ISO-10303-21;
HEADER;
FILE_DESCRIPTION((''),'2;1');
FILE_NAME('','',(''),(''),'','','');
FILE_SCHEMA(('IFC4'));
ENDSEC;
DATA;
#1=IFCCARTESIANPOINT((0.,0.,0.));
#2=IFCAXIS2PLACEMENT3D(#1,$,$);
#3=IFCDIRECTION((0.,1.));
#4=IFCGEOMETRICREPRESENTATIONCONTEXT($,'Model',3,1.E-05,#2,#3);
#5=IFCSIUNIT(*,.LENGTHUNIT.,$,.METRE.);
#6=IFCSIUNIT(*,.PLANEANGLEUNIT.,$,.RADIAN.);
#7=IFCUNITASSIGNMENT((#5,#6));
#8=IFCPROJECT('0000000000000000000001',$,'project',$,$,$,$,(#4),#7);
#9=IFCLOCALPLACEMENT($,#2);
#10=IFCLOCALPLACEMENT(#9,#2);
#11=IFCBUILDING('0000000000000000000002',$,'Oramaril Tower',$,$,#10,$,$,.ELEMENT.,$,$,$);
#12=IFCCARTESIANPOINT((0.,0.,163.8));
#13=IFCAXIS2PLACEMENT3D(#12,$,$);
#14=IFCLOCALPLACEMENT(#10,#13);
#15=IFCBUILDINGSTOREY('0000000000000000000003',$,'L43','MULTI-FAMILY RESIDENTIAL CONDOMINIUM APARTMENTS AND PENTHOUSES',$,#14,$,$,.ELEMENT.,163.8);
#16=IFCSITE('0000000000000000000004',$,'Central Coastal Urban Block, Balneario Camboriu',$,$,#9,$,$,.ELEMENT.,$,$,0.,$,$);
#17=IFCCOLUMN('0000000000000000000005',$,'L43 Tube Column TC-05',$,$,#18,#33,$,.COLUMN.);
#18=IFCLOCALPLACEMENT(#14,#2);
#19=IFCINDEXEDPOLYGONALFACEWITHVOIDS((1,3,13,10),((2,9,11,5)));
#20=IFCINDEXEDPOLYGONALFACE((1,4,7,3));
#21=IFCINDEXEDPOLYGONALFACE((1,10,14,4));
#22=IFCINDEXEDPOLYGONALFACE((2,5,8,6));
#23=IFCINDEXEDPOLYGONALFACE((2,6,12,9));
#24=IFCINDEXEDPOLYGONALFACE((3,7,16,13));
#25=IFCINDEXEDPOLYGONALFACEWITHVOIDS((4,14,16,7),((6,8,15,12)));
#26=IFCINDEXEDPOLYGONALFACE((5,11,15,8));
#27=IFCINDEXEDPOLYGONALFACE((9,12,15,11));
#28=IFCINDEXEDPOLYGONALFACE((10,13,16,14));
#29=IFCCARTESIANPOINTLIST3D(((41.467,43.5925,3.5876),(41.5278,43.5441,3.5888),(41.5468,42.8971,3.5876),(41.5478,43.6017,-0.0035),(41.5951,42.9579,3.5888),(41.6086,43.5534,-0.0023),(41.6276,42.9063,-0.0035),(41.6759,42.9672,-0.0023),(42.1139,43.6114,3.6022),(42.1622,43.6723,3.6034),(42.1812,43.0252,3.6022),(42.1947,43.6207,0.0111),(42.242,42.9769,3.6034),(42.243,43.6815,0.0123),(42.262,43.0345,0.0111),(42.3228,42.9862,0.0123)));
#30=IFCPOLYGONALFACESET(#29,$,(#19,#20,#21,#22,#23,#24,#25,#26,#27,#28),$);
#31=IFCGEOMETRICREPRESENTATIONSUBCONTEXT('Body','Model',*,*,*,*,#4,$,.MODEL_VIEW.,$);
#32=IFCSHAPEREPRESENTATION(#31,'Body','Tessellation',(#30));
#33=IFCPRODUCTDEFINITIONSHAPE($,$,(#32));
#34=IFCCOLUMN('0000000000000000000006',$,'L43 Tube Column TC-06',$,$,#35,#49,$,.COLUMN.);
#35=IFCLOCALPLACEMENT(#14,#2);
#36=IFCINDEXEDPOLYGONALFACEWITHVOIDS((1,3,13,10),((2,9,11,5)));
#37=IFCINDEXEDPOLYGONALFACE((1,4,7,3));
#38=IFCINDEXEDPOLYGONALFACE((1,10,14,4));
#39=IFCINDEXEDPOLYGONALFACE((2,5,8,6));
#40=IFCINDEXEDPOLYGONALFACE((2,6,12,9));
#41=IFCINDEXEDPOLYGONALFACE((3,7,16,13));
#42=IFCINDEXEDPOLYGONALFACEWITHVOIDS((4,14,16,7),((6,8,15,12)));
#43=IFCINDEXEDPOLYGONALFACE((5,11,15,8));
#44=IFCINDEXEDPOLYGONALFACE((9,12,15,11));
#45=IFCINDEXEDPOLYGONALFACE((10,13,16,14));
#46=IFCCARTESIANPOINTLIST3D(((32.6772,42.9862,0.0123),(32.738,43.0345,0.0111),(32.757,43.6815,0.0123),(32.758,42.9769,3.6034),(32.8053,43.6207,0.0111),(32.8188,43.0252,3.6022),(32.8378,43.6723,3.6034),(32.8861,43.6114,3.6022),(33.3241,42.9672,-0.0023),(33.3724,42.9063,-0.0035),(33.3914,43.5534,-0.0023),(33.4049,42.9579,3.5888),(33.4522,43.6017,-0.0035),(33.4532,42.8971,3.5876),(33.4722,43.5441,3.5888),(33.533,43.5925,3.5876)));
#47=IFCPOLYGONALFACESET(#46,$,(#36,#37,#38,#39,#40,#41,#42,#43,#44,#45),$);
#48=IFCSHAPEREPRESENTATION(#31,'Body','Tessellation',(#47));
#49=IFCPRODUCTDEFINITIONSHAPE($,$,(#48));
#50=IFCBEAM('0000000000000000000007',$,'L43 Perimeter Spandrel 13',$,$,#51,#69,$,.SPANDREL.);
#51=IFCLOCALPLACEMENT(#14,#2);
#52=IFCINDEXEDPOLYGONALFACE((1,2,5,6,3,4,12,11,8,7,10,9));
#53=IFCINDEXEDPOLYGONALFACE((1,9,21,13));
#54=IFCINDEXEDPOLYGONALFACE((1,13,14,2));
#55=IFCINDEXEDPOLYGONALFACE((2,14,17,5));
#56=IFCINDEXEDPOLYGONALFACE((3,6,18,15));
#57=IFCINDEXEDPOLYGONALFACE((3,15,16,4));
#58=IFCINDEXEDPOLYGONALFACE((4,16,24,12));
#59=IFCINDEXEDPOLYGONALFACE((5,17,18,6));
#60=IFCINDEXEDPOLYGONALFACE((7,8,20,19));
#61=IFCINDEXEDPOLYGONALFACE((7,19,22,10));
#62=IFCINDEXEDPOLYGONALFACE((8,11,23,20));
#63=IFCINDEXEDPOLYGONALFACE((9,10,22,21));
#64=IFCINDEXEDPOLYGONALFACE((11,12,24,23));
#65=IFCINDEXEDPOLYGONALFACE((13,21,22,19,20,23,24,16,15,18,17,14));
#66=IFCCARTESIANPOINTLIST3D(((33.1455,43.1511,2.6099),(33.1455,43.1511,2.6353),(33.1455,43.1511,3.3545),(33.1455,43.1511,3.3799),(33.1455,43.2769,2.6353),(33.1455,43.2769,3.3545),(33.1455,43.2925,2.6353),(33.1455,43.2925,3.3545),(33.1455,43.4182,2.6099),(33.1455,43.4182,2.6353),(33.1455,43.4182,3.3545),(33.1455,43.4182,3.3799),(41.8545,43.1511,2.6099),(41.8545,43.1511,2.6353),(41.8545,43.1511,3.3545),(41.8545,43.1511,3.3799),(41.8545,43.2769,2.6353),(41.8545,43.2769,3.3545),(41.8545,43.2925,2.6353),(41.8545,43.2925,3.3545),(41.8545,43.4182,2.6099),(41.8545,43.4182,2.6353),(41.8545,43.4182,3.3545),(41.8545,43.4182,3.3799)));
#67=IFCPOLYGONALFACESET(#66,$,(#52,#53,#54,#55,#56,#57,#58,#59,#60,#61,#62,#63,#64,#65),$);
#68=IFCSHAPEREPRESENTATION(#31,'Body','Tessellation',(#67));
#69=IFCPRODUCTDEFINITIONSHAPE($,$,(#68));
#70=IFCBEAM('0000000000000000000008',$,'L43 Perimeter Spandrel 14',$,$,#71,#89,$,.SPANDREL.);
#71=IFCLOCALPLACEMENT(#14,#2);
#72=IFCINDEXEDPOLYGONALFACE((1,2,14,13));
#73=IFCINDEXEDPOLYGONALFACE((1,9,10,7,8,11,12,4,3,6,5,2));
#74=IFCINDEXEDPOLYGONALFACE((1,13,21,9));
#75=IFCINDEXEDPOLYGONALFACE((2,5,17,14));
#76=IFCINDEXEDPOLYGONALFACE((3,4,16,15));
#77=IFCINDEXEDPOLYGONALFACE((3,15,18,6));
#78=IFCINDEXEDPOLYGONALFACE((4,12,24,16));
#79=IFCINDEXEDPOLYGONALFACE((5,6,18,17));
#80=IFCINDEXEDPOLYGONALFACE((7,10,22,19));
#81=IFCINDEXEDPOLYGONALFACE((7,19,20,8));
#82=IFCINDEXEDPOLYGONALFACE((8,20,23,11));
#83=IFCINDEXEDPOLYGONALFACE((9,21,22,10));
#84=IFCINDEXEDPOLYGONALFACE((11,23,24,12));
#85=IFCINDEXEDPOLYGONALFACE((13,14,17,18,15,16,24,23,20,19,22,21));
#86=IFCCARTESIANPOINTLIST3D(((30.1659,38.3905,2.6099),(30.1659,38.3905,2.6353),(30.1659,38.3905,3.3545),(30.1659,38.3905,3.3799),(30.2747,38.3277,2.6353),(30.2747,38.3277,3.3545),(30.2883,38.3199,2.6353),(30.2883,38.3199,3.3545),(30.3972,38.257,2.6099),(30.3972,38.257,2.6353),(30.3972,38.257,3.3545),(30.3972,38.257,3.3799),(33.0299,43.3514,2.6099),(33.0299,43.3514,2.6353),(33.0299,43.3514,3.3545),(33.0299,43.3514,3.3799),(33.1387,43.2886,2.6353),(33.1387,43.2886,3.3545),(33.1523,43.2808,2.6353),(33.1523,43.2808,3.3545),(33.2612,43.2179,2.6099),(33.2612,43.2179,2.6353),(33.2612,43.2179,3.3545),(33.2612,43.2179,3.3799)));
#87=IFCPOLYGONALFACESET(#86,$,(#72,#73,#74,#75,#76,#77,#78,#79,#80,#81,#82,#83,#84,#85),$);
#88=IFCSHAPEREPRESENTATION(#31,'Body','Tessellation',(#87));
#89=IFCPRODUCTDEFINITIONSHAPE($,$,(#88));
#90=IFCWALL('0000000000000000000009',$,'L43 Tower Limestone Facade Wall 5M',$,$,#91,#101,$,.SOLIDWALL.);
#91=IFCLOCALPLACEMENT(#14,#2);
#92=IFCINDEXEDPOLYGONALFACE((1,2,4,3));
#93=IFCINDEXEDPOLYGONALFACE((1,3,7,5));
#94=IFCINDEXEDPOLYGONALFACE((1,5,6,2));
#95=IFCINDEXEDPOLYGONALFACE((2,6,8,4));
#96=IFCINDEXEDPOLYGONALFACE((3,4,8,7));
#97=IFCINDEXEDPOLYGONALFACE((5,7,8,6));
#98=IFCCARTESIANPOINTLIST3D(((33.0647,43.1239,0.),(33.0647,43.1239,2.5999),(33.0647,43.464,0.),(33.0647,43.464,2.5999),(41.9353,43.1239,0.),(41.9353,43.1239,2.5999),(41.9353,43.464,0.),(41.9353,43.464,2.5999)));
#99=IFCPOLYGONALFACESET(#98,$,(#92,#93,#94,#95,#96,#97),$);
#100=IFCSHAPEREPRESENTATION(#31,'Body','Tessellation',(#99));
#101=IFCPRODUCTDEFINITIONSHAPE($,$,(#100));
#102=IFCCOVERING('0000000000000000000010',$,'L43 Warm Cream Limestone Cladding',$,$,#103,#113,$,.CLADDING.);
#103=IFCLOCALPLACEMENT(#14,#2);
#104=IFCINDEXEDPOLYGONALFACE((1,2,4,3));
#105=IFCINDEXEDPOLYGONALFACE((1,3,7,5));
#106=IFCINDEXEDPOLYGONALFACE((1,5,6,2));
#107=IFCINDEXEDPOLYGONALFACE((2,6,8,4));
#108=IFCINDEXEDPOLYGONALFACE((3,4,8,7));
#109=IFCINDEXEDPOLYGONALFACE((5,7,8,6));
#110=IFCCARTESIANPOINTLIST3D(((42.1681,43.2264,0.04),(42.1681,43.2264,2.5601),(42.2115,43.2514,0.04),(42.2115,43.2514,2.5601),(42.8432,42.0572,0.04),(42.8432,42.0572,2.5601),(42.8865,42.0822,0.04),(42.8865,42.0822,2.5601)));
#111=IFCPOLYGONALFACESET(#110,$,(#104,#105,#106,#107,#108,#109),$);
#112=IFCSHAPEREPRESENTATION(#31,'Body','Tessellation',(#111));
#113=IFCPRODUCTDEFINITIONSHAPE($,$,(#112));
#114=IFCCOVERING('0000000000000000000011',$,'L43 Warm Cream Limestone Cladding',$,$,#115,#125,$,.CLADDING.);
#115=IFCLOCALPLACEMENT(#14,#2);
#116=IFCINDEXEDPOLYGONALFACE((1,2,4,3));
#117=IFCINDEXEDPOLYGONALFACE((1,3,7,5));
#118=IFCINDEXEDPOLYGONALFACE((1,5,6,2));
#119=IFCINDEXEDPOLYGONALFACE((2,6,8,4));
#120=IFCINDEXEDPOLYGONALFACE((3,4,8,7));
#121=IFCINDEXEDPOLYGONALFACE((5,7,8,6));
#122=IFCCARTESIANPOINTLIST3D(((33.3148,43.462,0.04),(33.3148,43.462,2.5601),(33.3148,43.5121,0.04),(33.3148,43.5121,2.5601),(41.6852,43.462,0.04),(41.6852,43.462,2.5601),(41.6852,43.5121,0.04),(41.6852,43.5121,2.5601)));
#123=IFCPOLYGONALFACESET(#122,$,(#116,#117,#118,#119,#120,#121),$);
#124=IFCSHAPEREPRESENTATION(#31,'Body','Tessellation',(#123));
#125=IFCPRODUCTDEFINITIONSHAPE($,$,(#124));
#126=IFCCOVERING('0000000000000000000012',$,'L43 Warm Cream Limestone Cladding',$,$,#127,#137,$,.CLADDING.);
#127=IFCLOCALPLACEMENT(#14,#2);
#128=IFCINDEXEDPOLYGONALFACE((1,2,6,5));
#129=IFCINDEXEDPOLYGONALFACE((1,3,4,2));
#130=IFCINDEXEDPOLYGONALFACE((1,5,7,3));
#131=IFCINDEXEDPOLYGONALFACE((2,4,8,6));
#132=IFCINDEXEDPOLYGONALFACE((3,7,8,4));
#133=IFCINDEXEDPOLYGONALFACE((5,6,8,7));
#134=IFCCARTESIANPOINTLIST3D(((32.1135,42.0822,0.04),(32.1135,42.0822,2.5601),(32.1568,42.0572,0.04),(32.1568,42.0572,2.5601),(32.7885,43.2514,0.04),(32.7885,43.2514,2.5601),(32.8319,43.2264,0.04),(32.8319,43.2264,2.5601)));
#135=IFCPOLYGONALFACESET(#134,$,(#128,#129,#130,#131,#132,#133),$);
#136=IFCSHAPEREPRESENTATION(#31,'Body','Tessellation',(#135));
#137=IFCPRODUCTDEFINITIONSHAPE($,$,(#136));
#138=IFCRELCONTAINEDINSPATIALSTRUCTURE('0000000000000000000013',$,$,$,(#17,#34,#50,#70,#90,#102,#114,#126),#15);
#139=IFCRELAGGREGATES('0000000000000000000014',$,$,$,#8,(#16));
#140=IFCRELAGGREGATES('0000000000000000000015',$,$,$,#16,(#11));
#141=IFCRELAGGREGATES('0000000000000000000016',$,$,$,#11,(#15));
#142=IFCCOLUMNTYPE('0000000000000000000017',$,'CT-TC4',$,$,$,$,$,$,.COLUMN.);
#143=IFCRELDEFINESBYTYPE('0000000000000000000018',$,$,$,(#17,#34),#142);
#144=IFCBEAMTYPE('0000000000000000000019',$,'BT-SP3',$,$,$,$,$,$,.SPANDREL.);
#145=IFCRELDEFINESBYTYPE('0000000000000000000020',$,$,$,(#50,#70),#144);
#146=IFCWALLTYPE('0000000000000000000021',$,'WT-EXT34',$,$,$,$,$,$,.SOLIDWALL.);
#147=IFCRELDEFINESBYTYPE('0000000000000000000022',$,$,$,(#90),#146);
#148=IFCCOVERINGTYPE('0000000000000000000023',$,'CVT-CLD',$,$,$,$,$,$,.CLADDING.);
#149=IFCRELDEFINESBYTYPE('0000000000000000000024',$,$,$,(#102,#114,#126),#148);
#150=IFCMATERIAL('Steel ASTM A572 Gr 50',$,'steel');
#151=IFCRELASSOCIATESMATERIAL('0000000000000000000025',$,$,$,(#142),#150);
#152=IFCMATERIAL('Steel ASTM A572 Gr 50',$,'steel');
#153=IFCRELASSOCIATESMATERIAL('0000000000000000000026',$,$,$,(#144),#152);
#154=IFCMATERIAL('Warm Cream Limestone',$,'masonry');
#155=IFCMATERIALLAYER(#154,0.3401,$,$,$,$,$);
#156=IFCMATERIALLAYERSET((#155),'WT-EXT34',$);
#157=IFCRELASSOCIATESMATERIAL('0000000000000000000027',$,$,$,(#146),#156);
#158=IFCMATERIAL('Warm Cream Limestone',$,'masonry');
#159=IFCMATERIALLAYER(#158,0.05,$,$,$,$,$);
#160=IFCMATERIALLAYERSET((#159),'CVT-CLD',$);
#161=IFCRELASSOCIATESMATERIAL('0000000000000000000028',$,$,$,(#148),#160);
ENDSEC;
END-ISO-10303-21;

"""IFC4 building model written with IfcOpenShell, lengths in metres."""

from ifc_helpers import new_model, si_unit, direction, frame, frame_2d, origin, origin_2d, place, context, subcontext, project, spatial, rectangle, hollow_rectangle, i_section, extrude, material, layer, layer_set, material_profile, profile_set, type_object, element, save


model = new_model("IFC4")

# Units and contexts
model_context = context("Model", 3, precision=1e-05, world=origin(), true_north=direction((0.0, 1.0)))
body_context = subcontext(model_context, "Body", "Model", "MODEL_VIEW")
ifc_project = project(units=[si_unit("LENGTHUNIT", "METRE"), si_unit("PLANEANGLEUNIT", "RADIAN")], contexts=[model_context])

# Site, building, storey
site_placement = place(None, origin())
site = spatial("IfcSite", under=ifc_project, at=site_placement, Name="Central Coastal Urban Block, Balneario Camboriu", CompositionType="ELEMENT", RefElevation=0.0)
building_placement = place(site_placement, origin())
building = spatial("IfcBuilding", under=site, at=building_placement, Name="Oramaril Tower", CompositionType="ELEMENT")
storey_placement = place(building_placement, frame((0.0, 0.0, 163.8)))
storey = spatial("IfcBuildingStorey", under=building, at=storey_placement, Name="L43", Description="MULTI-FAMILY RESIDENTIAL CONDOMINIUM APARTMENTS AND PENTHOUSES", CompositionType="ELEMENT", Elevation=163.8)

# Columns
ifc_material_1 = material(Name="Steel ASTM A572 Gr 50", Category="steel")
ifc_material_profile_1 = material_profile(ifc_material_1, hollow_rectangle(XDim=0.7, YDim=0.7, WallThickness=0.0549, at=origin_2d()), Name="BOX700X700X55")
ifc_profile_set_1 = profile_set([ifc_material_profile_1], Name="Steel ASTM A572 Gr 50")
column_type = type_object("IfcColumnType", Name="CT-TC4", PredefinedType="COLUMN", material=ifc_profile_set_1)
for number, where, z_axis, x_axis, name in (
    (1, (41.9353, 43.2939, 0.0044), (-0.022497, -0.002583, 0.999744), (0.114054, -0.993474, 0.0), "L43 Tube Column TC-05"),
    (2, (33.0647, 43.2939, 0.0044), (0.022497, -0.002583, 0.999744), (0.114054, 0.993474, 0.0), "L43 Tube Column TC-06"),
):
    element("IfcColumn", number, at=place(storey_placement, frame(where, z_axis=z_axis, x_axis=x_axis)), inside=storey, type_object=column_type, Name=name, PredefinedType="COLUMN", context=body_context, shape_type="SweptSolid", body=[
        extrude(hollow_rectangle(XDim=0.7, YDim=0.7, WallThickness=0.0549, at=origin_2d()), origin(), (0.0, 0.0, 1.0), 3.592),
    ])

# Beams
ifc_material_2 = material(Name="Steel ASTM A572 Gr 50", Category="steel")
ifc_material_profile_2 = material_profile(ifc_material_2, i_section(OverallWidth=0.2671, OverallDepth=0.77, WebThickness=0.0156, FlangeThickness=0.0254, at=origin_2d()), Name="W30X132")
ifc_profile_set_2 = profile_set([ifc_material_profile_2], Name="Steel ASTM A572 Gr 50")
beam_type = type_object("IfcBeamType", Name="BT-SP3", PredefinedType="SPANDREL", material=ifc_profile_set_2)
beam_1_placement = place(storey_placement, frame((41.8545, 43.2847, 2.9949), z_axis=(-1.0, 0.0, 0.0), x_axis=(0.0, -1.0, 0.0)))
element("IfcBeam", 3, at=beam_1_placement, inside=storey, type_object=beam_type, Name="L43 Perimeter Spandrel 13", PredefinedType="SPANDREL", context=body_context, shape_type="SweptSolid", body=[
    extrude(i_section(OverallWidth=0.2671, OverallDepth=0.77, WebThickness=0.0156, FlangeThickness=0.0254, at=origin_2d()), origin(), (0.0, 0.0, 1.0), 8.709),
])
beam_2_placement = place(storey_placement, frame((33.1455, 43.2847, 2.9949), z_axis=(-0.499976, -0.866039, 0.0), x_axis=(0.866039, -0.499976, 0.0)))
element("IfcBeam", 4, at=beam_2_placement, inside=storey, type_object=beam_type, Name="L43 Perimeter Spandrel 14", PredefinedType="SPANDREL", context=body_context, shape_type="SweptSolid", body=[
    extrude(i_section(OverallWidth=0.2671, OverallDepth=0.77, WebThickness=0.0156, FlangeThickness=0.0254, at=origin_2d()), origin(), (0.0, 0.0, 1.0), 5.7283),
])

# Wall
ifc_material_3 = material(Name="Warm Cream Limestone", Category="masonry")
ifc_layer_1 = layer(ifc_material_3, 0.3401)
ifc_layer_set_1 = layer_set([ifc_layer_1], Name="WT-EXT34")
wall_type = type_object("IfcWallType", Name="WT-EXT34", PredefinedType="SOLIDWALL", material=ifc_layer_set_1)
wall_1_placement = place(storey_placement, frame((41.9353, 43.2939, 0.0), z_axis=(0.0, 0.0, 1.0), x_axis=(-1.0, 0.0, 0.0)))
element("IfcWall", 5, at=wall_1_placement, inside=storey, type_object=wall_type, Name="L43 Tower Limestone Facade Wall 5M", PredefinedType="SOLIDWALL", context=body_context, shape_type="SweptSolid", body=[
    extrude(rectangle(XDim=8.8706, YDim=0.3401, at=frame_2d((4.4353, 0.0))), origin(), (0.0, 0.0, 1.0), 2.5999),
])

# Coverings
ifc_material_4 = material(Name="Warm Cream Limestone", Category="masonry")
ifc_layer_2 = layer(ifc_material_4, 0.05)
ifc_layer_set_2 = layer_set([ifc_layer_2], Name="CVT-CLD")
covering_type = type_object("IfcCoveringType", Name="CVT-CLD", PredefinedType="CLADDING", material=ifc_layer_set_2)
covering_1_placement = place(storey_placement, frame((42.5273, 42.6543, 0.04), z_axis=(0.0, 0.0, 1.0), x_axis=(-0.5, 0.866025, 0.0)))
element("IfcCovering", 6, at=covering_1_placement, inside=storey, type_object=covering_type, Name="L43 Warm Cream Limestone Cladding", PredefinedType="CLADDING", context=body_context, shape_type="SweptSolid", body=[
    extrude(rectangle(XDim=1.3501, YDim=0.05, at=origin_2d()), origin(), (0.0, 0.0, 1.0), 2.52),
])
covering_2_placement = place(storey_placement, frame((37.5, 43.4871, 0.04), z_axis=(0.0, 0.0, 1.0), x_axis=(-1.0, 0.0, 0.0)))
element("IfcCovering", 7, at=covering_2_placement, inside=storey, type_object=covering_type, Name="L43 Warm Cream Limestone Cladding", PredefinedType="CLADDING", context=body_context, shape_type="SweptSolid", body=[
    extrude(rectangle(XDim=8.3704, YDim=0.05, at=origin_2d()), origin(), (0.0, 0.0, 1.0), 2.52),
])
covering_3_placement = place(storey_placement, frame((32.4727, 42.6543, 0.04), z_axis=(0.0, 0.0, 1.0), x_axis=(-0.5, -0.866025, 0.0)))
element("IfcCovering", 8, at=covering_3_placement, inside=storey, type_object=covering_type, Name="L43 Warm Cream Limestone Cladding", PredefinedType="CLADDING", context=body_context, shape_type="SweptSolid", body=[
    extrude(rectangle(XDim=1.3501, YDim=0.05, at=origin_2d()), origin(), (0.0, 0.0, 1.0), 2.52),
])

save(model, "model.ifc")
